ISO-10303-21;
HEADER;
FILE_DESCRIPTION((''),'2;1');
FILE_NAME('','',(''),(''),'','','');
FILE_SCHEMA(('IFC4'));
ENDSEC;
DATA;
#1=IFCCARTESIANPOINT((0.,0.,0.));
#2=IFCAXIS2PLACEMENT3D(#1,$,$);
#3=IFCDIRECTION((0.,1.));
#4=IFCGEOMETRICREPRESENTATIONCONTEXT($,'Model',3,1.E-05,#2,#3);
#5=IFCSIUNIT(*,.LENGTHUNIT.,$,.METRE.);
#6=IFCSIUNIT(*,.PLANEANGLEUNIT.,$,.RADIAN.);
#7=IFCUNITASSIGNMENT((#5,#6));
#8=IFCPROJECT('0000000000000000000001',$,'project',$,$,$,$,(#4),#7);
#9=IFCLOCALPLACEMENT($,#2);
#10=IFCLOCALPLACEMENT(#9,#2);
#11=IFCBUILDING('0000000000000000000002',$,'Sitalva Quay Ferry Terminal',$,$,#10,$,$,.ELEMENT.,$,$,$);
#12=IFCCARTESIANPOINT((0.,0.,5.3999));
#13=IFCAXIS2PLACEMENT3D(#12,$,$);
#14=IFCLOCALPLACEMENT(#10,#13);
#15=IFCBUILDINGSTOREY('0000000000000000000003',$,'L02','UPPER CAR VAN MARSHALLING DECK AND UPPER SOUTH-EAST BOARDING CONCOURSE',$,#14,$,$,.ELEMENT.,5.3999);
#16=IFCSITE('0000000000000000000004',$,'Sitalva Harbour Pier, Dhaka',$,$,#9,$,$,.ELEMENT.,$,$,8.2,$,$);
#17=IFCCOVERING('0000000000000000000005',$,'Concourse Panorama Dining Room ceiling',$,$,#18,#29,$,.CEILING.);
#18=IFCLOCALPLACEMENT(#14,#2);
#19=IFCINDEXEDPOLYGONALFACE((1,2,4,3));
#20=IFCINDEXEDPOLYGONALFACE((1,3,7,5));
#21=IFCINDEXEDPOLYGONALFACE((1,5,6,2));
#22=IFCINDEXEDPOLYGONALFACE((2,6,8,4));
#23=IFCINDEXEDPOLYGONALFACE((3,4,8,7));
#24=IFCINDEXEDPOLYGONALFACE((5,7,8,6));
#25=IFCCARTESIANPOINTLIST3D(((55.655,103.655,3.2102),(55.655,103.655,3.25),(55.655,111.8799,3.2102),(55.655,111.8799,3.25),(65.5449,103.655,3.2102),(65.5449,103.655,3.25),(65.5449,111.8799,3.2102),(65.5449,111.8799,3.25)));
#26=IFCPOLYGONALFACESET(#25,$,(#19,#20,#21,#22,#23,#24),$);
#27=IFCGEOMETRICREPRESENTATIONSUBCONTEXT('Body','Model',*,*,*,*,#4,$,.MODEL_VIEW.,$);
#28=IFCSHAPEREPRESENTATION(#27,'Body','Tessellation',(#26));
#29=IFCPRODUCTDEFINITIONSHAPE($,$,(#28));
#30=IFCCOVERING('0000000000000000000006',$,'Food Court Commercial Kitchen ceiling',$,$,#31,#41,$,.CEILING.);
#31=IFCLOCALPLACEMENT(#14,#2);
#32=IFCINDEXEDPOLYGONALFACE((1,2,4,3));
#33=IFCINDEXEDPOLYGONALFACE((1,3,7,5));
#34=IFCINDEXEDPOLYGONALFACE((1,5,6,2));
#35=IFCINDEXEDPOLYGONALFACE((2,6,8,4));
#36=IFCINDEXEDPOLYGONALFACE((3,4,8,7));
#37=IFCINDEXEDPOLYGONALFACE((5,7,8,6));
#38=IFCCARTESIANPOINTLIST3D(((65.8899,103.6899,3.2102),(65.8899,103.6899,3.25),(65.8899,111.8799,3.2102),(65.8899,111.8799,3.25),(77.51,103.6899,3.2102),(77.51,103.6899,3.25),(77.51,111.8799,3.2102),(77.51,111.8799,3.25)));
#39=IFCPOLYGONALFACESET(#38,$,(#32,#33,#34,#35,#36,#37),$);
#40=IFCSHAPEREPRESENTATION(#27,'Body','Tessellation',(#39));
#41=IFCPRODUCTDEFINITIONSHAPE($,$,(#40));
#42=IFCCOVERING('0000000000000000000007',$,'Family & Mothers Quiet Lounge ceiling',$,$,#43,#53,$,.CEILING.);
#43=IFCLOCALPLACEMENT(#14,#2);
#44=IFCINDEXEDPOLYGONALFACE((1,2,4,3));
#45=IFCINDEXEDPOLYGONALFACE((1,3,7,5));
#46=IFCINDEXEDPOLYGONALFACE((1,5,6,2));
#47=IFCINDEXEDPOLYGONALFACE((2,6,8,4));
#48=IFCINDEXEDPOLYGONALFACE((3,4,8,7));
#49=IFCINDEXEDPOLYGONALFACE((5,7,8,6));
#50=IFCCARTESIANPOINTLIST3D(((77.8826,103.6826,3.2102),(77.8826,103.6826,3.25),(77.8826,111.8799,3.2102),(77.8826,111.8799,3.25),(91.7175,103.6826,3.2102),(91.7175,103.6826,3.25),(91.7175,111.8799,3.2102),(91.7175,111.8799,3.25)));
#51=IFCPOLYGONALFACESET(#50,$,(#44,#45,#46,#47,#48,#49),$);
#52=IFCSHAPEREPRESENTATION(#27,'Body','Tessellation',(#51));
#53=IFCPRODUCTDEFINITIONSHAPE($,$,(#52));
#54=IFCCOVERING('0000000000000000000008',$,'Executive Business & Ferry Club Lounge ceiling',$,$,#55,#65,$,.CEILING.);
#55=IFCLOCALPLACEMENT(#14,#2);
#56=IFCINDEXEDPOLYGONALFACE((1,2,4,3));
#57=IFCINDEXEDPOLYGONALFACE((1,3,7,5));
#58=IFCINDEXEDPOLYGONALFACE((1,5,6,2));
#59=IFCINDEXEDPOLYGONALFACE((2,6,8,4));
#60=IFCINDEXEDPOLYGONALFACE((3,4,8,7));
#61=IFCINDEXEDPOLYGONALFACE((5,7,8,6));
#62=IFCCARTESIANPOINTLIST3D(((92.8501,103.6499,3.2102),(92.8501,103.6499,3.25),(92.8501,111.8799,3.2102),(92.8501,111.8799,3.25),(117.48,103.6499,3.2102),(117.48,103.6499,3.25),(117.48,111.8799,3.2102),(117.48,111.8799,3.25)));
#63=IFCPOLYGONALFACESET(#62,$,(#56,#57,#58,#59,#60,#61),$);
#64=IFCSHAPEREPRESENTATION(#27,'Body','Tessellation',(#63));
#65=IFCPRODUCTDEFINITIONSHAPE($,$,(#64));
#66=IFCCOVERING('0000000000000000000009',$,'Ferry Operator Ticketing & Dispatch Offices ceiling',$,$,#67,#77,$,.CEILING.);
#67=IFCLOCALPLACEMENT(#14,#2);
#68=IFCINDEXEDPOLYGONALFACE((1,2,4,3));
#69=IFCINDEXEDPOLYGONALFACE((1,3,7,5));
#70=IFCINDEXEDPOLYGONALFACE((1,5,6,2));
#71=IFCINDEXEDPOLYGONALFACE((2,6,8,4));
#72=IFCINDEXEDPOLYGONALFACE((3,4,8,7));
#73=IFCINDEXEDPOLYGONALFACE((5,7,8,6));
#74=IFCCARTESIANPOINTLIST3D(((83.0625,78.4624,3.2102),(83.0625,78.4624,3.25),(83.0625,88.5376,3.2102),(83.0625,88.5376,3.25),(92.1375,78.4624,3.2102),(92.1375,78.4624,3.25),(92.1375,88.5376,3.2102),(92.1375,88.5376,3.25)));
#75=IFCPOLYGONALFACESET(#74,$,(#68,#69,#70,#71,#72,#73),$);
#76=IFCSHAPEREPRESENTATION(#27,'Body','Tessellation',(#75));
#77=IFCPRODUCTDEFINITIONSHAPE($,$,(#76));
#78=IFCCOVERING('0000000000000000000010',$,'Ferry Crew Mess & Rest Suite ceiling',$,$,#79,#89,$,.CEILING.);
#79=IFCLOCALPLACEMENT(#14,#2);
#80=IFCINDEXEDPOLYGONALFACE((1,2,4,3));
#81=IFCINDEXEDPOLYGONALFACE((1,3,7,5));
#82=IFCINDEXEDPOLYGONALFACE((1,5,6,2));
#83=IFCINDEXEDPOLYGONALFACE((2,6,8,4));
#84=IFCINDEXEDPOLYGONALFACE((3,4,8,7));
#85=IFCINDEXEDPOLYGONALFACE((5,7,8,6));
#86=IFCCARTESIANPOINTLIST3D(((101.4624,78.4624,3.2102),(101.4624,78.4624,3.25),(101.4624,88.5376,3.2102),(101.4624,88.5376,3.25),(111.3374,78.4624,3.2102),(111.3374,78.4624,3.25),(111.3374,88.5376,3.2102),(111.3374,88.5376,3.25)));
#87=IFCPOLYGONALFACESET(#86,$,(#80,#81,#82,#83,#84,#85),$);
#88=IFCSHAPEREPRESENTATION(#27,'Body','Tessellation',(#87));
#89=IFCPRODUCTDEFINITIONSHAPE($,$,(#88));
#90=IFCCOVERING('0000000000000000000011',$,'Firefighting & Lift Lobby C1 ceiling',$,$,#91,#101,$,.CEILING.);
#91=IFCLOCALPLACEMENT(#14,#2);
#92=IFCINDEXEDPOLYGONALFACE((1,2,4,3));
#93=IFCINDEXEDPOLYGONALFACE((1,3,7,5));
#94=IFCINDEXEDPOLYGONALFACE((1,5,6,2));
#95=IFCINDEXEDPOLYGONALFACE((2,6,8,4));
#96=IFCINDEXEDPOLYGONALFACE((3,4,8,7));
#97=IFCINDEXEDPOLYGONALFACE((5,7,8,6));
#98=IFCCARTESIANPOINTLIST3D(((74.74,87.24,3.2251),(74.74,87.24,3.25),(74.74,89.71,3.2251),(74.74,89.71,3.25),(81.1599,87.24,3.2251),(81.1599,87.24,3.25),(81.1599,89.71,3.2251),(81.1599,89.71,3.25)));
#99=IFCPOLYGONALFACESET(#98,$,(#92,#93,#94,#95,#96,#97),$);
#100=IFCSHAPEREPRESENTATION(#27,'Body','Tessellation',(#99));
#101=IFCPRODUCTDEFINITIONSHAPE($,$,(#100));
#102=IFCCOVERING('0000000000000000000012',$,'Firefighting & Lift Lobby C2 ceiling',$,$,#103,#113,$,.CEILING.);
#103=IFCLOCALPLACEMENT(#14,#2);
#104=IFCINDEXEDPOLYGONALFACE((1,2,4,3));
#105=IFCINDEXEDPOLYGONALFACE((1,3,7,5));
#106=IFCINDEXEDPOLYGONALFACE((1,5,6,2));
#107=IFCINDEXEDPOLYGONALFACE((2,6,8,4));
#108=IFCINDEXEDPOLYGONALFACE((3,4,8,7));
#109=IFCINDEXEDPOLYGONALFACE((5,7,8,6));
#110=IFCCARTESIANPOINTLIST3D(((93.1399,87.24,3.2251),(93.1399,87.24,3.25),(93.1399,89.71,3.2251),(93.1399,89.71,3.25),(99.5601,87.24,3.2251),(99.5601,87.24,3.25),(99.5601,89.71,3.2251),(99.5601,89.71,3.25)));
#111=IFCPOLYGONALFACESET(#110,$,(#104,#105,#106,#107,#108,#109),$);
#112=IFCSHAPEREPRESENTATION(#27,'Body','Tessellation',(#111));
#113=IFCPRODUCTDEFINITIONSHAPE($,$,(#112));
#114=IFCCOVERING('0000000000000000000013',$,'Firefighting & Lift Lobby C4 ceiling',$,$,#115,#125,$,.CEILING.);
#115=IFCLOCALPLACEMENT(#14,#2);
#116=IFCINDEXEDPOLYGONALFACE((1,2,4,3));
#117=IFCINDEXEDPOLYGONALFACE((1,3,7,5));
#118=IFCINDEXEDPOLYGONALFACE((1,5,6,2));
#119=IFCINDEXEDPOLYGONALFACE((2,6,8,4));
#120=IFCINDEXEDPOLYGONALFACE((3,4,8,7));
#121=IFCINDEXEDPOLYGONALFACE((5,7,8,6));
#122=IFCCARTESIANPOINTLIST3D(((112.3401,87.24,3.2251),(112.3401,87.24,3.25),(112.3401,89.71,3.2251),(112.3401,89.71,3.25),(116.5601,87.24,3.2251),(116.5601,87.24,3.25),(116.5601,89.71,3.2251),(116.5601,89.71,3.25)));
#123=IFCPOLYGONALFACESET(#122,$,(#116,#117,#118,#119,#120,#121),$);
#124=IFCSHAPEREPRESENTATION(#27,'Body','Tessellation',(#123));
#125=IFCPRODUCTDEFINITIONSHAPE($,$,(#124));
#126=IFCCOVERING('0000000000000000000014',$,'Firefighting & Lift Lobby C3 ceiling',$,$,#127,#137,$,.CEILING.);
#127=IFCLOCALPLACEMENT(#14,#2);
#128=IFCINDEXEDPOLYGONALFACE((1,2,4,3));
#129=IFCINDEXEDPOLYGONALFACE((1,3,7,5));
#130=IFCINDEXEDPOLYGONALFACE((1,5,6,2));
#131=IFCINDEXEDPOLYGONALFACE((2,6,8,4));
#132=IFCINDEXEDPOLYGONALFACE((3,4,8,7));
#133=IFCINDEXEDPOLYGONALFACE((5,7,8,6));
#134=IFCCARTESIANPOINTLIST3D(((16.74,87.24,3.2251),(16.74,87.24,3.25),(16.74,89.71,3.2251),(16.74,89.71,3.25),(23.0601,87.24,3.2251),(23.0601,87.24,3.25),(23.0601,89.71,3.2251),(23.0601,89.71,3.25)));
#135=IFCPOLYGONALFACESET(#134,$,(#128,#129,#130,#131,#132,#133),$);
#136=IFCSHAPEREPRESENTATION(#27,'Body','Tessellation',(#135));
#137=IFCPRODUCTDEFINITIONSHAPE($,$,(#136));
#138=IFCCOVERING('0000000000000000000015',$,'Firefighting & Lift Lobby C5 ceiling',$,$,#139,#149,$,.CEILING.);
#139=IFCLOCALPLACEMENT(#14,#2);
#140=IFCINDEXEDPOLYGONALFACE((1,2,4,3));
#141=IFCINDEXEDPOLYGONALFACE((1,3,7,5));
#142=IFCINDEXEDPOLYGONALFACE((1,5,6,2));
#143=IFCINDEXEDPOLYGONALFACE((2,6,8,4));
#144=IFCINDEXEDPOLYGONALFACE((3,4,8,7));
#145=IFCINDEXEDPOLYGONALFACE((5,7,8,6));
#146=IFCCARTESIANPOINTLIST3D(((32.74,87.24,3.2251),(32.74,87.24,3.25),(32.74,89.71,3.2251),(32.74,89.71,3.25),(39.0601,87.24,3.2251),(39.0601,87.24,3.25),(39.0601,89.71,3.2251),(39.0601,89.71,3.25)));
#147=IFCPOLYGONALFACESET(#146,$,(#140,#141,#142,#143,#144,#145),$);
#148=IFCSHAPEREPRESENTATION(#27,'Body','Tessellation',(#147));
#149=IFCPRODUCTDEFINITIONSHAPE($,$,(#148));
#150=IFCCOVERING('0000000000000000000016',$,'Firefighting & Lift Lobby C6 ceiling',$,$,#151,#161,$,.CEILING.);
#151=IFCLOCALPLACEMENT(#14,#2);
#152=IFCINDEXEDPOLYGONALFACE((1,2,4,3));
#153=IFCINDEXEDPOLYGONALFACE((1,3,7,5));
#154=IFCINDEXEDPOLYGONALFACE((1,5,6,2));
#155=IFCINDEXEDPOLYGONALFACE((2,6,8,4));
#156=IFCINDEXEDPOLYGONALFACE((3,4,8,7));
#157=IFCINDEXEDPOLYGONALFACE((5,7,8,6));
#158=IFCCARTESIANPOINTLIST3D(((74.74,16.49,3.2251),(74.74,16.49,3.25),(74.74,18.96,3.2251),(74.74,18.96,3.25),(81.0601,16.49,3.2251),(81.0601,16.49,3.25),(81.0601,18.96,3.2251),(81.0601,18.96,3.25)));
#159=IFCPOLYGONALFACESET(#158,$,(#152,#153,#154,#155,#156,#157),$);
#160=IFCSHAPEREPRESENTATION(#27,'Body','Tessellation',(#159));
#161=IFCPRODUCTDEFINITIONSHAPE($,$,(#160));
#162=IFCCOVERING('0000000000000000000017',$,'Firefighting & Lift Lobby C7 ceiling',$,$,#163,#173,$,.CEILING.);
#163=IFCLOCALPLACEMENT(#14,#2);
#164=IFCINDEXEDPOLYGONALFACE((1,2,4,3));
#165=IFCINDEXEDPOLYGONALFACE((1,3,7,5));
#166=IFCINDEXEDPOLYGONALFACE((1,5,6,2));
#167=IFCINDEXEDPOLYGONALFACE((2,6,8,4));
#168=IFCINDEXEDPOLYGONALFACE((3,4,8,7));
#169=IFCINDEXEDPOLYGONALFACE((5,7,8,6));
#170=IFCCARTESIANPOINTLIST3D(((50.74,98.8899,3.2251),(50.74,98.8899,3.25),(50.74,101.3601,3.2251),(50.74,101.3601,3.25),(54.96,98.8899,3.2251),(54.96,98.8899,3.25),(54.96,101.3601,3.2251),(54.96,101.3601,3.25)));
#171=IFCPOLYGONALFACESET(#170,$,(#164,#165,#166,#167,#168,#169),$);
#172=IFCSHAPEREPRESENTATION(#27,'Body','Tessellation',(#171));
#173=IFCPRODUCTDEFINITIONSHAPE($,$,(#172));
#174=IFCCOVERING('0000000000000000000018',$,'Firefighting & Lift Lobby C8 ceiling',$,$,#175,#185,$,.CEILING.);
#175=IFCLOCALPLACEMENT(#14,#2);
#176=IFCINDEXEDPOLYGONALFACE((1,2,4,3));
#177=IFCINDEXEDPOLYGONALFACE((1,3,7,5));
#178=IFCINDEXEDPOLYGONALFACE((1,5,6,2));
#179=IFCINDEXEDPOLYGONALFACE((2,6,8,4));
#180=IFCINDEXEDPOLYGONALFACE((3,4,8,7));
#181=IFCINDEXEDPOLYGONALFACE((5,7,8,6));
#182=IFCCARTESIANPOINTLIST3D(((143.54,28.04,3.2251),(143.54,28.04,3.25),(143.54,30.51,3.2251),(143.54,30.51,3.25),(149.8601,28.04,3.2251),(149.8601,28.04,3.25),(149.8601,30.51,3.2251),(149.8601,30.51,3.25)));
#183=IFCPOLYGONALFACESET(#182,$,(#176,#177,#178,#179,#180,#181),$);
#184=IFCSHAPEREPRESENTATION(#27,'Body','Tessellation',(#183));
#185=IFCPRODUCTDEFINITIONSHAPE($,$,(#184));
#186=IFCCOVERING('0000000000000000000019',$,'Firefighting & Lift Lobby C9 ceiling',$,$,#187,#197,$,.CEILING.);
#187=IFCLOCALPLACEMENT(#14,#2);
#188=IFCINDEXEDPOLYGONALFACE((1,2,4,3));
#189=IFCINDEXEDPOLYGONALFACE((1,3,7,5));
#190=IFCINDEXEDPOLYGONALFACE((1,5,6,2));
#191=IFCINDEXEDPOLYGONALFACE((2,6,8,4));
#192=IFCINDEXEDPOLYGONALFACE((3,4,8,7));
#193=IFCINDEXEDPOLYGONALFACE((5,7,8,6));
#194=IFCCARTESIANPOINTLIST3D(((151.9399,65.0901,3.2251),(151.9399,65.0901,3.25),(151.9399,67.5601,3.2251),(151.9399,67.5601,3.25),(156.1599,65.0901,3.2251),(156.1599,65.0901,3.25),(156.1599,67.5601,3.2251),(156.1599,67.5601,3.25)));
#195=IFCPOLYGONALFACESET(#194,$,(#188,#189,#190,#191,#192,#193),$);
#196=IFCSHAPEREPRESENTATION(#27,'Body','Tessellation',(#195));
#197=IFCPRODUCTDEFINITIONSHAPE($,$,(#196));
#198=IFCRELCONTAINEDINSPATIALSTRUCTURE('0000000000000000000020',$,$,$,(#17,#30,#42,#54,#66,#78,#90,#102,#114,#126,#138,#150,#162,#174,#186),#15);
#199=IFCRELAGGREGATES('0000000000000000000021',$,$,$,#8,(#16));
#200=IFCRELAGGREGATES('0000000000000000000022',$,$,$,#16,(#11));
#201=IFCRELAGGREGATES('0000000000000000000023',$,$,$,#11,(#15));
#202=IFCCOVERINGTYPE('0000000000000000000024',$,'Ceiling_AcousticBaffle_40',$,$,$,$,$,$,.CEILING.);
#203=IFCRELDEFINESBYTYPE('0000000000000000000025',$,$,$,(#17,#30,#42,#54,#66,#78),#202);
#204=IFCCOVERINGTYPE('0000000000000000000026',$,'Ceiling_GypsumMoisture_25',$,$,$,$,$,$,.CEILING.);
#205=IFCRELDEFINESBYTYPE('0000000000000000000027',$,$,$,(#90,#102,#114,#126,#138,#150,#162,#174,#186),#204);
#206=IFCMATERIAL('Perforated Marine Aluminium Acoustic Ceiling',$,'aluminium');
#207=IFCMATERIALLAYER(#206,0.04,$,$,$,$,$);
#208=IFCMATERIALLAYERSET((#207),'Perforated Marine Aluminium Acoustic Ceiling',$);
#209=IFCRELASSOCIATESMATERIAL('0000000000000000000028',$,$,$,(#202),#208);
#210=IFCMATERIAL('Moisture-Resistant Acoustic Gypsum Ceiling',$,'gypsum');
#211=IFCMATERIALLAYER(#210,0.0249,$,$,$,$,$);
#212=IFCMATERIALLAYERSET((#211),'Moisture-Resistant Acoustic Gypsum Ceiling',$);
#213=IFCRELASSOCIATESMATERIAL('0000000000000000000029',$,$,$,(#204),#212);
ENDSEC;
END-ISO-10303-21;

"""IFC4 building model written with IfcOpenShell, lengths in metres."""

from ifc_helpers import new_model, si_unit, direction, frame, origin, place, context, subcontext, project, spatial, polyline, outline, extrude, material, layer, layer_set, type_object, element, save


model = new_model("IFC4")

# Units and contexts
model_context = context("Model", 3, precision=1e-05, world=origin(), true_north=direction((0.0, 1.0)))
body_context = subcontext(model_context, "Body", "Model", "MODEL_VIEW")
ifc_project = project(units=[si_unit("LENGTHUNIT", "METRE"), si_unit("PLANEANGLEUNIT", "RADIAN")], contexts=[model_context])

# Site, building, storey
site_placement = place(None, origin())
site = spatial("IfcSite", under=ifc_project, at=site_placement, Name="Sitalva Harbour Pier, Dhaka", CompositionType="ELEMENT", RefElevation=8.2)
building_placement = place(site_placement, origin())
building = spatial("IfcBuilding", under=site, at=building_placement, Name="Sitalva Quay Ferry Terminal", CompositionType="ELEMENT")
storey_placement = place(building_placement, frame((0.0, 0.0, 5.3999)))
storey = spatial("IfcBuildingStorey", under=building, at=storey_placement, Name="L02", Description="UPPER CAR VAN MARSHALLING DECK AND UPPER SOUTH-EAST BOARDING CONCOURSE", CompositionType="ELEMENT", Elevation=5.3999)

# Coverings
ifc_material_1 = material(Name="Perforated Marine Aluminium Acoustic Ceiling", Category="aluminium")
ifc_layer_1 = layer(ifc_material_1, 0.04)
ifc_layer_set_1 = layer_set([ifc_layer_1], Name="Perforated Marine Aluminium Acoustic Ceiling")
covering_type_1 = type_object("IfcCoveringType", Name="Ceiling_AcousticBaffle_40", PredefinedType="CEILING", material=ifc_layer_set_1)
covering_1_placement = place(storey_placement, frame((0.0, 0.0, 3.2102)))
element("IfcCovering", 1, at=covering_1_placement, inside=storey, type_object=covering_type_1, Name="Concourse Panorama Dining Room ceiling", PredefinedType="CEILING", context=body_context, shape_type="SweptSolid", body=[
    extrude(outline(polyline([(55.655, 103.655), (65.5449, 103.655), (65.5449, 111.8799), (55.655, 111.8799), (55.655, 103.655)])), origin(), (0.0, 0.0, 1.0), 0.0398),
])
covering_2_placement = place(storey_placement, frame((0.0, 0.0, 3.2102)))
element("IfcCovering", 2, at=covering_2_placement, inside=storey, type_object=covering_type_1, Name="Food Court Commercial Kitchen ceiling", PredefinedType="CEILING", context=body_context, shape_type="SweptSolid", body=[
    extrude(outline(polyline([(65.8899, 103.6899), (77.51, 103.6899), (77.51, 111.8799), (65.8899, 111.8799), (65.8899, 103.6899)])), origin(), (0.0, 0.0, 1.0), 0.0398),
])
covering_3_placement = place(storey_placement, frame((0.0, 0.0, 3.2102)))
element("IfcCovering", 3, at=covering_3_placement, inside=storey, type_object=covering_type_1, Name="Family & Mothers Quiet Lounge ceiling", PredefinedType="CEILING", context=body_context, shape_type="SweptSolid", body=[
    extrude(outline(polyline([(77.8826, 103.6826), (91.7175, 103.6826), (91.7175, 111.8799), (77.8826, 111.8799), (77.8826, 103.6826)])), origin(), (0.0, 0.0, 1.0), 0.0398),
])
covering_4_placement = place(storey_placement, frame((0.0, 0.0, 3.2102)))
element("IfcCovering", 4, at=covering_4_placement, inside=storey, type_object=covering_type_1, Name="Executive Business & Ferry Club Lounge ceiling", PredefinedType="CEILING", context=body_context, shape_type="SweptSolid", body=[
    extrude(outline(polyline([(92.8501, 103.6499), (117.48, 103.6499), (117.48, 111.8799), (92.8501, 111.8799), (92.8501, 103.6499)])), origin(), (0.0, 0.0, 1.0), 0.0398),
])
covering_5_placement = place(storey_placement, frame((0.0, 0.0, 3.2102)))
element("IfcCovering", 5, at=covering_5_placement, inside=storey, type_object=covering_type_1, Name="Ferry Operator Ticketing & Dispatch Offices ceiling", PredefinedType="CEILING", context=body_context, shape_type="SweptSolid", body=[
    extrude(outline(polyline([(83.0625, 78.4624), (92.1375, 78.4624), (92.1375, 88.5376), (83.0625, 88.5376), (83.0625, 78.4624)])), origin(), (0.0, 0.0, 1.0), 0.0398),
])
covering_6_placement = place(storey_placement, frame((0.0, 0.0, 3.2102)))
element("IfcCovering", 6, at=covering_6_placement, inside=storey, type_object=covering_type_1, Name="Ferry Crew Mess & Rest Suite ceiling", PredefinedType="CEILING", context=body_context, shape_type="SweptSolid", body=[
    extrude(outline(polyline([(101.4624, 78.4624), (111.3374, 78.4624), (111.3374, 88.5376), (101.4624, 88.5376), (101.4624, 78.4624)])), origin(), (0.0, 0.0, 1.0), 0.0398),
])
ifc_material_2 = material(Name="Moisture-Resistant Acoustic Gypsum Ceiling", Category="gypsum")
ifc_layer_2 = layer(ifc_material_2, 0.0249)
ifc_layer_set_2 = layer_set([ifc_layer_2], Name="Moisture-Resistant Acoustic Gypsum Ceiling")
covering_type_2 = type_object("IfcCoveringType", Name="Ceiling_GypsumMoisture_25", PredefinedType="CEILING", material=ifc_layer_set_2)
covering_7_placement = place(storey_placement, frame((0.0, 0.0, 3.2251)))
element("IfcCovering", 7, at=covering_7_placement, inside=storey, type_object=covering_type_2, Name="Firefighting & Lift Lobby C1 ceiling", PredefinedType="CEILING", context=body_context, shape_type="SweptSolid", body=[
    extrude(outline(polyline([(74.74, 87.24), (81.1599, 87.24), (81.1599, 89.71), (74.74, 89.71), (74.74, 87.24)])), origin(), (0.0, 0.0, 1.0), 0.0249),
])
covering_8_placement = place(storey_placement, frame((0.0, 0.0, 3.2251)))
element("IfcCovering", 8, at=covering_8_placement, inside=storey, type_object=covering_type_2, Name="Firefighting & Lift Lobby C2 ceiling", PredefinedType="CEILING", context=body_context, shape_type="SweptSolid", body=[
    extrude(outline(polyline([(93.1399, 87.24), (99.5601, 87.24), (99.5601, 89.71), (93.1399, 89.71), (93.1399, 87.24)])), origin(), (0.0, 0.0, 1.0), 0.0249),
])
covering_9_placement = place(storey_placement, frame((0.0, 0.0, 3.2251)))
element("IfcCovering", 9, at=covering_9_placement, inside=storey, type_object=covering_type_2, Name="Firefighting & Lift Lobby C4 ceiling", PredefinedType="CEILING", context=body_context, shape_type="SweptSolid", body=[
    extrude(outline(polyline([(112.3401, 87.24), (116.5601, 87.24), (116.5601, 89.71), (112.3401, 89.71), (112.3401, 87.24)])), origin(), (0.0, 0.0, 1.0), 0.0249),
])
covering_10_placement = place(storey_placement, frame((0.0, 0.0, 3.2251)))
element("IfcCovering", 10, at=covering_10_placement, inside=storey, type_object=covering_type_2, Name="Firefighting & Lift Lobby C3 ceiling", PredefinedType="CEILING", context=body_context, shape_type="SweptSolid", body=[
    extrude(outline(polyline([(16.74, 87.24), (23.0601, 87.24), (23.0601, 89.71), (16.74, 89.71), (16.74, 87.24)])), origin(), (0.0, 0.0, 1.0), 0.0249),
])
covering_11_placement = place(storey_placement, frame((0.0, 0.0, 3.2251)))
element("IfcCovering", 11, at=covering_11_placement, inside=storey, type_object=covering_type_2, Name="Firefighting & Lift Lobby C5 ceiling", PredefinedType="CEILING", context=body_context, shape_type="SweptSolid", body=[
    extrude(outline(polyline([(32.74, 87.24), (39.0601, 87.24), (39.0601, 89.71), (32.74, 89.71), (32.74, 87.24)])), origin(), (0.0, 0.0, 1.0), 0.0249),
])
covering_12_placement = place(storey_placement, frame((0.0, 0.0, 3.2251)))
element("IfcCovering", 12, at=covering_12_placement, inside=storey, type_object=covering_type_2, Name="Firefighting & Lift Lobby C6 ceiling", PredefinedType="CEILING", context=body_context, shape_type="SweptSolid", body=[
    extrude(outline(polyline([(74.74, 16.49), (81.0601, 16.49), (81.0601, 18.96), (74.74, 18.96), (74.74, 16.49)])), origin(), (0.0, 0.0, 1.0), 0.0249),
])
covering_13_placement = place(storey_placement, frame((0.0, 0.0, 3.2251)))
element("IfcCovering", 13, at=covering_13_placement, inside=storey, type_object=covering_type_2, Name="Firefighting & Lift Lobby C7 ceiling", PredefinedType="CEILING", context=body_context, shape_type="SweptSolid", body=[
    extrude(outline(polyline([(50.74, 98.8899), (54.96, 98.8899), (54.96, 101.3601), (50.74, 101.3601), (50.74, 98.8899)])), origin(), (0.0, 0.0, 1.0), 0.0249),
])
covering_14_placement = place(storey_placement, frame((0.0, 0.0, 3.2251)))
element("IfcCovering", 14, at=covering_14_placement, inside=storey, type_object=covering_type_2, Name="Firefighting & Lift Lobby C8 ceiling", PredefinedType="CEILING", context=body_context, shape_type="SweptSolid", body=[
    extrude(outline(polyline([(143.54, 28.04), (149.8601, 28.04), (149.8601, 30.51), (143.54, 30.51), (143.54, 28.04)])), origin(), (0.0, 0.0, 1.0), 0.0249),
])
covering_15_placement = place(storey_placement, frame((0.0, 0.0, 3.2251)))
element("IfcCovering", 15, at=covering_15_placement, inside=storey, type_object=covering_type_2, Name="Firefighting & Lift Lobby C9 ceiling", PredefinedType="CEILING", context=body_context, shape_type="SweptSolid", body=[
    extrude(outline(polyline([(151.9399, 65.0901), (156.1599, 65.0901), (156.1599, 67.5601), (151.9399, 67.5601), (151.9399, 65.0901)])), origin(), (0.0, 0.0, 1.0), 0.0249),
])

save(model, "model.ifc")
